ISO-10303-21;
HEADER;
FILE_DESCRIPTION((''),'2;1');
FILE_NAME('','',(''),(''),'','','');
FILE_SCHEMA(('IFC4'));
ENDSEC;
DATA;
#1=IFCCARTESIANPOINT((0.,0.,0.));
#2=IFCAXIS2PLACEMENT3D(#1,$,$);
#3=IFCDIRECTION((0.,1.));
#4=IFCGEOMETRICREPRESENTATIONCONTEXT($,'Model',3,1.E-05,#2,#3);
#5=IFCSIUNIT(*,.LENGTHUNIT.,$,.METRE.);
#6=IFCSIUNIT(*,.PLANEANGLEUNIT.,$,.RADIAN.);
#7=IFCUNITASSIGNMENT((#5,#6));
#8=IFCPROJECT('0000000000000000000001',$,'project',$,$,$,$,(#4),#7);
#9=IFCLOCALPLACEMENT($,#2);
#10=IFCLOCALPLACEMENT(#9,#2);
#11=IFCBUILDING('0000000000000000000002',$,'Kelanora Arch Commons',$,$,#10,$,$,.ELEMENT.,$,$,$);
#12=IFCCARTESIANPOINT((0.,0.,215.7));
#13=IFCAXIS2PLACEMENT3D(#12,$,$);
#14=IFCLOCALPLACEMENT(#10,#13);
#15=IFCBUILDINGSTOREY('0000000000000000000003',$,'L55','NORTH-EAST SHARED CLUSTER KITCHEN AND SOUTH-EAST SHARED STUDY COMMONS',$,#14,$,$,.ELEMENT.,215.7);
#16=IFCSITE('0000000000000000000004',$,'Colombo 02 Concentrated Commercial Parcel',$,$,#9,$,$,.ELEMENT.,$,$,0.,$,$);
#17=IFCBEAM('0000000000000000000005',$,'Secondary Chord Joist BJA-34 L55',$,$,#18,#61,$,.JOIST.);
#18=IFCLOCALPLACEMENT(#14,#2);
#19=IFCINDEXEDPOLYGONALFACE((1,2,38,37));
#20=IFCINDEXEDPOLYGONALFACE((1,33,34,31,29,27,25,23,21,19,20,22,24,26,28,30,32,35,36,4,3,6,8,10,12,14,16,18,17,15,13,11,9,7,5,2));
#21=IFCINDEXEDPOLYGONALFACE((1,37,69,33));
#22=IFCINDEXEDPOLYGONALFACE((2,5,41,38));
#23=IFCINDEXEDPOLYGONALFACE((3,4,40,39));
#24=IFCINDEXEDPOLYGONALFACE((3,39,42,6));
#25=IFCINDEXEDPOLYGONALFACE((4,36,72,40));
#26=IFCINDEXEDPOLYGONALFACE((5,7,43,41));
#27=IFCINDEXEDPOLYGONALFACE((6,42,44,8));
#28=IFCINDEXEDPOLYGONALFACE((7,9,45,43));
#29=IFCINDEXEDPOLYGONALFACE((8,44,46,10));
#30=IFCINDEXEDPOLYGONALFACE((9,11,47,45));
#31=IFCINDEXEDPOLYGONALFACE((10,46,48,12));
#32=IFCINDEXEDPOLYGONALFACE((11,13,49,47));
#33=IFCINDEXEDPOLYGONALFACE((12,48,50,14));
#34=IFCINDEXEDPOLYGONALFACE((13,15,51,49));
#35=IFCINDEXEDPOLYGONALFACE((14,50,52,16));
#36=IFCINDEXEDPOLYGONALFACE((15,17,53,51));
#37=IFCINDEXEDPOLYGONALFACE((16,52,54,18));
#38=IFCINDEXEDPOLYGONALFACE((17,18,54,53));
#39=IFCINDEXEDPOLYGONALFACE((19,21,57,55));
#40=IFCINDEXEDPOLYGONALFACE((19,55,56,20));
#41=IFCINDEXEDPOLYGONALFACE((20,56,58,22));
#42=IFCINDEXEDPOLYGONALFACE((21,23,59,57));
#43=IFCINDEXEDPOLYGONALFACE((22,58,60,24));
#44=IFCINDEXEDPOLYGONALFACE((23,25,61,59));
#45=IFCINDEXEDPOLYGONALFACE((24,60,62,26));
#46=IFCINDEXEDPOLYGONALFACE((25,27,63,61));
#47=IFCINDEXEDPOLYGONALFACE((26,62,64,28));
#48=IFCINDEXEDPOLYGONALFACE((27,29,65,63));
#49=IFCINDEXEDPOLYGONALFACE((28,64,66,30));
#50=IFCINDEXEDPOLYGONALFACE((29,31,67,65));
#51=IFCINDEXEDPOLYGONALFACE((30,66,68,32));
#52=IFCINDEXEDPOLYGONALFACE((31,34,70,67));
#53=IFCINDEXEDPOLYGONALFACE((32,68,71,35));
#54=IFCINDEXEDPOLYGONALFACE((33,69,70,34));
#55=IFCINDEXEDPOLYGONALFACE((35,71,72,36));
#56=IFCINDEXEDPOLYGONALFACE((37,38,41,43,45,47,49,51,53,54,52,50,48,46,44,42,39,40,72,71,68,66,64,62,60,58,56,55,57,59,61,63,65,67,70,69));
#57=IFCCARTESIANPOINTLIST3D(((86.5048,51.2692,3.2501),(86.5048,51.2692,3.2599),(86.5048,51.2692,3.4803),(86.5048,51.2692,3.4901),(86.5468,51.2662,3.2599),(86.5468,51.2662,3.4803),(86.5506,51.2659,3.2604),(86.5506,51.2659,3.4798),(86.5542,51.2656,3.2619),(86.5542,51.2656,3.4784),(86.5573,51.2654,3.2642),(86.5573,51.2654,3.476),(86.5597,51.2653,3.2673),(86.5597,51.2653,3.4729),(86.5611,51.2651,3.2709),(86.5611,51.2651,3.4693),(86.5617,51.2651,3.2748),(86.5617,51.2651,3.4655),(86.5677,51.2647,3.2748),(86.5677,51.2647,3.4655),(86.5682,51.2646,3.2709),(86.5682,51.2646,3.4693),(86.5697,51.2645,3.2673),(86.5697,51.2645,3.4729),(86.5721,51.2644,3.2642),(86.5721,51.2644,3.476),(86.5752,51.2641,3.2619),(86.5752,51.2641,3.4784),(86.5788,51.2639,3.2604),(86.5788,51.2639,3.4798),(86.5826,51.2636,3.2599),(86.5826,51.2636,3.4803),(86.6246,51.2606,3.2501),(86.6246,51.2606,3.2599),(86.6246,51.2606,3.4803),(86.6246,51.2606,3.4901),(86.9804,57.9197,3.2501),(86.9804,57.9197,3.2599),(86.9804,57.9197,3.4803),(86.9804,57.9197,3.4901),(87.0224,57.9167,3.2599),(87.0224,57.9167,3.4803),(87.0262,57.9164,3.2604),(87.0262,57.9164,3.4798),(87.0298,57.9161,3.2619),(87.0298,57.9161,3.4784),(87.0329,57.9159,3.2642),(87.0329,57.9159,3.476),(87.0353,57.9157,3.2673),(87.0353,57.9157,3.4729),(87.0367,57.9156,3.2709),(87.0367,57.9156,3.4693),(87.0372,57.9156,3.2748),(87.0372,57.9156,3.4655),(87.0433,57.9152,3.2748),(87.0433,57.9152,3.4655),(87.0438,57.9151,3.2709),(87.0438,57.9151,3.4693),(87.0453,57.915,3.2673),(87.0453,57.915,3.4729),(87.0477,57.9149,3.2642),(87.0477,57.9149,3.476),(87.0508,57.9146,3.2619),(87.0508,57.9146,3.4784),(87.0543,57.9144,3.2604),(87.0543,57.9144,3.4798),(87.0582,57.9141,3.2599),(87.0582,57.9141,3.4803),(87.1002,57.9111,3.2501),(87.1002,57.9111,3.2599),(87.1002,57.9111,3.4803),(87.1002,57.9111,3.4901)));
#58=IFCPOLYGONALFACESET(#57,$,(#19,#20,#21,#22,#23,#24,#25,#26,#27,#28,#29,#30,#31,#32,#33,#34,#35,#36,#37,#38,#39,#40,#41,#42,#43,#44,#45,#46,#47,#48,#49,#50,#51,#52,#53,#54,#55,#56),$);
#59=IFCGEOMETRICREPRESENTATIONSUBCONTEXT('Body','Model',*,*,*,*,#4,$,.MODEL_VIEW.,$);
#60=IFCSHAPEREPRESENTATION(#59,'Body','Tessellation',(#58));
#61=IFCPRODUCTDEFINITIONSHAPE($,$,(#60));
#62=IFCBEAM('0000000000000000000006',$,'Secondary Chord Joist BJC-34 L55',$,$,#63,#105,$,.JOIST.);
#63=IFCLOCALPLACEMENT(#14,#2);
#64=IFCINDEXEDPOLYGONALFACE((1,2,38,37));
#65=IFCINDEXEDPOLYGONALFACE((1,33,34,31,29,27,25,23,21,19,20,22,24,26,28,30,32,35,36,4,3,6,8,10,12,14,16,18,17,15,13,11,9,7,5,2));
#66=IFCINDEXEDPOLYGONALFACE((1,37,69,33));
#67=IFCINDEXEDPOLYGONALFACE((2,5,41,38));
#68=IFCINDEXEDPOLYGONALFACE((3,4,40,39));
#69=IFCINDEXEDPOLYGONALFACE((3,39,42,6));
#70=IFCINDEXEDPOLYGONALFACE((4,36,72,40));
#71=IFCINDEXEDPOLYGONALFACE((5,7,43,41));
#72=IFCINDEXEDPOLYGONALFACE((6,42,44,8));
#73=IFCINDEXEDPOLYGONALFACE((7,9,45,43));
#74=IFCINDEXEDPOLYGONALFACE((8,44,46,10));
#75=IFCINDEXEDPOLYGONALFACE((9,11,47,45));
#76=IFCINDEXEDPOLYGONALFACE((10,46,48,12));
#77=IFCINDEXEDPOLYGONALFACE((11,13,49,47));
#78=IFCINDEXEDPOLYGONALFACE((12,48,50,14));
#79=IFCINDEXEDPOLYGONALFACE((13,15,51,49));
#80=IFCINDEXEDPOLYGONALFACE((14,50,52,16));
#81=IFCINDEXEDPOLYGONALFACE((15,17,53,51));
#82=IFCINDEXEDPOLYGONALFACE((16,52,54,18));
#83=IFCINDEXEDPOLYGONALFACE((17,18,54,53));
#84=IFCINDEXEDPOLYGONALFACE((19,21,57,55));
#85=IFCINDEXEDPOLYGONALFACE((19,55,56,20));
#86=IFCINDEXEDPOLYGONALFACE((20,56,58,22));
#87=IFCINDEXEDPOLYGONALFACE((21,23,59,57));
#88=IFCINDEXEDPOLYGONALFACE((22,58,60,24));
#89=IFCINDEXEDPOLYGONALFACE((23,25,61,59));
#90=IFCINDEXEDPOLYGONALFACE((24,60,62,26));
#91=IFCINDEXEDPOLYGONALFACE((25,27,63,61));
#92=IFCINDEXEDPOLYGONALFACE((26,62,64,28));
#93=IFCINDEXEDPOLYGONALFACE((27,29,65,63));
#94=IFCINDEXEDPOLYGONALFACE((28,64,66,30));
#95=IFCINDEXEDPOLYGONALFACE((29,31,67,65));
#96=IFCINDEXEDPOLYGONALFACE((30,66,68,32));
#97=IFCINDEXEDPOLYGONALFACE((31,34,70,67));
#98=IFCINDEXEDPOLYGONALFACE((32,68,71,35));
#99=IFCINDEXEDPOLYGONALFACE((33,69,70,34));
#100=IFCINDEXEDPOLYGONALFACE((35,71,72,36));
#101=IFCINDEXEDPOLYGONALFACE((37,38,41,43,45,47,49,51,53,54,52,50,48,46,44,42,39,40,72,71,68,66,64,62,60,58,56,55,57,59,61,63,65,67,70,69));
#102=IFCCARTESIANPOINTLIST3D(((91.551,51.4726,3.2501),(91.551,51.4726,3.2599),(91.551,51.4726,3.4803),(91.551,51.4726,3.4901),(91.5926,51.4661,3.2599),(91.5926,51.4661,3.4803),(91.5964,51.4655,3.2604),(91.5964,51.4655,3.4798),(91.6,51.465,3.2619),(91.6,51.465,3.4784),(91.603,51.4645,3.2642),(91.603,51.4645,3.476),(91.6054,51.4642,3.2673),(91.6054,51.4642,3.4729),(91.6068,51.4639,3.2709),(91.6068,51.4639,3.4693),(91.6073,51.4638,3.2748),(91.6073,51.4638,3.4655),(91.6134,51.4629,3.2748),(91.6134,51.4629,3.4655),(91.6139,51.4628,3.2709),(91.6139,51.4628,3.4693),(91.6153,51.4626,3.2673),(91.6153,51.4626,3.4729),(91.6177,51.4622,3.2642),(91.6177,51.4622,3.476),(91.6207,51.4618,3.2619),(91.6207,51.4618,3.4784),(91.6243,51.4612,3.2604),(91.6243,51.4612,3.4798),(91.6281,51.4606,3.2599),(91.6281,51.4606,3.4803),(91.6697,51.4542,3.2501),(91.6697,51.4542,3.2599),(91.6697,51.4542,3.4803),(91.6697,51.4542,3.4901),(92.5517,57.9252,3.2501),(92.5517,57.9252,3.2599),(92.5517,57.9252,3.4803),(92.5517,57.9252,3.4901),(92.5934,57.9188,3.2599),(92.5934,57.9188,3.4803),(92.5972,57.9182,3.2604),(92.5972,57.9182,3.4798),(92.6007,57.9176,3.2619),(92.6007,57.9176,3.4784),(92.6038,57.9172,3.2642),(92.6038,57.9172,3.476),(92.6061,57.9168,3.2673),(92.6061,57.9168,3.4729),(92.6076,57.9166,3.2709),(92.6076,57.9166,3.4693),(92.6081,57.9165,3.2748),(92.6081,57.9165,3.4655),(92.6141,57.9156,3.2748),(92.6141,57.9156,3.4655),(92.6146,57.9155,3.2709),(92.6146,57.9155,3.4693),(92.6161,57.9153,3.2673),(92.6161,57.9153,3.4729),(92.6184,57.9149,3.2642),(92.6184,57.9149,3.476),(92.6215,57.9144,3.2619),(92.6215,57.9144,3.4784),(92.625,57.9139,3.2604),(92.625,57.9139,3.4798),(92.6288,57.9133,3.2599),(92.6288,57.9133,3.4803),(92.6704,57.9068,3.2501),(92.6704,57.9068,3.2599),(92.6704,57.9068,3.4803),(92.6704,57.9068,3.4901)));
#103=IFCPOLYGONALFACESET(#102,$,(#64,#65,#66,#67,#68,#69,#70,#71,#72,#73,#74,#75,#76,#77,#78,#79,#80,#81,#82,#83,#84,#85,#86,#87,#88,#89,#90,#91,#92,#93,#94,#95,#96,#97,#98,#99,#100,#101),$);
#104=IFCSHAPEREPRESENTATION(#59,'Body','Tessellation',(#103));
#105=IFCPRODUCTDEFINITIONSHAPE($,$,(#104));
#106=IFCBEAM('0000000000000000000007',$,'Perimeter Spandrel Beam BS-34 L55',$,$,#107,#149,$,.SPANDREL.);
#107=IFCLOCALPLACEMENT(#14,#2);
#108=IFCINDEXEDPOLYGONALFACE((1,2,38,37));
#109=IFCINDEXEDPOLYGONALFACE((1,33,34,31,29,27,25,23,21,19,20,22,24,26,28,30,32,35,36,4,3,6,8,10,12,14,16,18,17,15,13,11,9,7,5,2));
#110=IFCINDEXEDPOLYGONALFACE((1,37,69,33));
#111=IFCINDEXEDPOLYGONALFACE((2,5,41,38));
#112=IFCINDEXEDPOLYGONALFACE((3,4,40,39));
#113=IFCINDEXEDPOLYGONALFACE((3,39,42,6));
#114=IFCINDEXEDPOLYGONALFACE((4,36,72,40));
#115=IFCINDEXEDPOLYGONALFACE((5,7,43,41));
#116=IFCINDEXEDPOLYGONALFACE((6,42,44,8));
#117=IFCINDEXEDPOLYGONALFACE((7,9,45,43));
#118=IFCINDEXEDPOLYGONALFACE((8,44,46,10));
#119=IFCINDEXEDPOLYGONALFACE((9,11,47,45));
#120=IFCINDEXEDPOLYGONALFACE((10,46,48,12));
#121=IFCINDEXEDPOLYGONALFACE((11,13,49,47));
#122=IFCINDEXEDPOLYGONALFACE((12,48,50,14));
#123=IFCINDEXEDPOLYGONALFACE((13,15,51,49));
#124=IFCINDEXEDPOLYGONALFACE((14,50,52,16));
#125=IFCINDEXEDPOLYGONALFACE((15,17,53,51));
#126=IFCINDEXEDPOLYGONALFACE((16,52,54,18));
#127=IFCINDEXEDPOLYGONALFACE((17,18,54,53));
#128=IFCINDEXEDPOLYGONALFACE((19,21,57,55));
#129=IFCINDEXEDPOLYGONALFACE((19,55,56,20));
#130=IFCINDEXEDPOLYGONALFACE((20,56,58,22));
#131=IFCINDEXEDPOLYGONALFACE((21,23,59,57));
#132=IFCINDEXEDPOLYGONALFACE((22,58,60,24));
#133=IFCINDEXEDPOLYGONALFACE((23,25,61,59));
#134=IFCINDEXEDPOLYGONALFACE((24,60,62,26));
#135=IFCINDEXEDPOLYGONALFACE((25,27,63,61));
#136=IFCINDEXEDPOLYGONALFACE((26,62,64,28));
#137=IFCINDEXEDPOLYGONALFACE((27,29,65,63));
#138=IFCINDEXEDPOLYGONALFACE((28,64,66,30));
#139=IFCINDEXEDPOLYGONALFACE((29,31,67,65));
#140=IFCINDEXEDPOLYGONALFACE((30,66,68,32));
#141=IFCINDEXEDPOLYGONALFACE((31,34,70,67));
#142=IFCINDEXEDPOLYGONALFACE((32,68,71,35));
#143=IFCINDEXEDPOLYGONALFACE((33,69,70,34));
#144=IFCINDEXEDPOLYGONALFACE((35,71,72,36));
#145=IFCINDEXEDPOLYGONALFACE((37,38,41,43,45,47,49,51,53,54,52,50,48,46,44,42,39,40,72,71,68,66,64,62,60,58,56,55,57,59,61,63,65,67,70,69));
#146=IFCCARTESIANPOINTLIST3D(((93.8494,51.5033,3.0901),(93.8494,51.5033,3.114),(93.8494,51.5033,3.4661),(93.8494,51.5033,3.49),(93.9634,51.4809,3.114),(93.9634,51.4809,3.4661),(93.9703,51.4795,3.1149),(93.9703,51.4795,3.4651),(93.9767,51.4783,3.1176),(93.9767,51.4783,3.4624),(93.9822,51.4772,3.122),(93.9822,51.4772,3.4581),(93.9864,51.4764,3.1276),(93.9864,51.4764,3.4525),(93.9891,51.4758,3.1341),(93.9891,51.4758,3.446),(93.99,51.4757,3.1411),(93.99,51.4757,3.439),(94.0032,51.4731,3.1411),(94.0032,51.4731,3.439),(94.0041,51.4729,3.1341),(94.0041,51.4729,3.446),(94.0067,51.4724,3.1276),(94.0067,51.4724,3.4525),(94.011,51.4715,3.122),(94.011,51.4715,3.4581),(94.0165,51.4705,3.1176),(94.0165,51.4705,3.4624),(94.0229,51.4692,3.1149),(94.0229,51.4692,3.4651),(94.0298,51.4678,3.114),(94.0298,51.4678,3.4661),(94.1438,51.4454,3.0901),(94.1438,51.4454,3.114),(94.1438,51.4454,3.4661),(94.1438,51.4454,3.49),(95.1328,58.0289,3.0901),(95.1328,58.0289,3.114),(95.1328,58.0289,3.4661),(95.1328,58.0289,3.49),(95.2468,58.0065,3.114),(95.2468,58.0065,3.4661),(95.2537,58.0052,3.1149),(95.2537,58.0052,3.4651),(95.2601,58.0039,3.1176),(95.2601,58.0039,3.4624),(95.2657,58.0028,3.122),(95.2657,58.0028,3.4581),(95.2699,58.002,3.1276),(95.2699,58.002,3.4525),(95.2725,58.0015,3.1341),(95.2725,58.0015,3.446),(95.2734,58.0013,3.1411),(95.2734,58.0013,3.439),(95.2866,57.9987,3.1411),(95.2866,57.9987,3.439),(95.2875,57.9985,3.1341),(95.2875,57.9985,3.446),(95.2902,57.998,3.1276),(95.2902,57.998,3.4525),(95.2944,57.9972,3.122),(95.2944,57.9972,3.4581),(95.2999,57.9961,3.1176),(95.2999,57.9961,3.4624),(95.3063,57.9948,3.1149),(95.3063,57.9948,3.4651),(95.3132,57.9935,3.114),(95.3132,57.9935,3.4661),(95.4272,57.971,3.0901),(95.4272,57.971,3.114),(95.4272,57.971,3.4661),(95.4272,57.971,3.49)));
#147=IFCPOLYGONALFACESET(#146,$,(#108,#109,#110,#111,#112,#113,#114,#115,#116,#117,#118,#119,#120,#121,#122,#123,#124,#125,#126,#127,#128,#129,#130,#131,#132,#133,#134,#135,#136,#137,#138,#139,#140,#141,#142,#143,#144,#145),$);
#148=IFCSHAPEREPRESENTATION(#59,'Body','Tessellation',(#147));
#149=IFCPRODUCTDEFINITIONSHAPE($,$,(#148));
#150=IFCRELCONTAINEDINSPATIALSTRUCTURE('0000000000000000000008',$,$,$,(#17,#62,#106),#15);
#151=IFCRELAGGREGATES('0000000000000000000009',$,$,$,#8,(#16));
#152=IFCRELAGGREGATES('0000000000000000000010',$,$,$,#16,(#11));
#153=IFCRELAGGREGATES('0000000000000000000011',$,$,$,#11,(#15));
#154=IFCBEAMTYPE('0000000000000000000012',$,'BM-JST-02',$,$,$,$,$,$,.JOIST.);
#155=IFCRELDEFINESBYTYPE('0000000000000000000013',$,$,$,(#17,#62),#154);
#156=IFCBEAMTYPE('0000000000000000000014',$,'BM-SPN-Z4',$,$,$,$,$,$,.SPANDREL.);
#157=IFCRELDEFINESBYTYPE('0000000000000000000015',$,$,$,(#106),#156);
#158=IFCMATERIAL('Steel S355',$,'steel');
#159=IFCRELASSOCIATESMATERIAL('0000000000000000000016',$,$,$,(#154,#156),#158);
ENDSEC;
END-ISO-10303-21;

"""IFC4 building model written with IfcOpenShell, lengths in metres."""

from ifc_helpers import new_model, si_unit, direction, frame, origin, origin_2d, place, context, subcontext, project, spatial, i_section, extrude, material, material_profile, profile_set, type_object, element, save


model = new_model("IFC4")

# Units and contexts
model_context = context("Model", 3, precision=1e-05, world=origin(), true_north=direction((0.0, 1.0)))
body_context = subcontext(model_context, "Body", "Model", "MODEL_VIEW")
ifc_project = project(units=[si_unit("LENGTHUNIT", "METRE"), si_unit("PLANEANGLEUNIT", "RADIAN")], contexts=[model_context])

# Site, building, storey
site_placement = place(None, origin())
site = spatial("IfcSite", under=ifc_project, at=site_placement, Name="Colombo 02 Concentrated Commercial Parcel", CompositionType="ELEMENT", RefElevation=0.0)
building_placement = place(site_placement, origin())
building = spatial("IfcBuilding", under=site, at=building_placement, Name="Kelanora Arch Commons", CompositionType="ELEMENT")
storey_placement = place(building_placement, frame((0.0, 0.0, 215.7)))
storey = spatial("IfcBuildingStorey", under=building, at=storey_placement, Name="L55", Description="NORTH-EAST SHARED CLUSTER KITCHEN AND SOUTH-EAST SHARED STUDY COMMONS", CompositionType="ELEMENT", Elevation=215.7)

# Beams
ifc_material_1 = material(Name="Steel S355", Category="steel")
ifc_material_profile_1 = material_profile(ifc_material_1, i_section(OverallWidth=0.1201, OverallDepth=0.24, WebThickness=0.0061, FlangeThickness=0.0098, FilletRadius=0.0149, at=origin_2d()), Name="IPE240")
ifc_profile_set_1 = profile_set([ifc_material_profile_1], Name="Steel S355")
beam_type_1 = type_object("IfcBeamType", Name="BM-JST-02", PredefinedType="JOIST", material=ifc_profile_set_1)
beam_1_placement = place(storey_placement, frame((86.5647, 51.2649, 3.3701), z_axis=(0.07133, 0.997453, 0.0), x_axis=(-0.997453, 0.07133, 0.0)))
element("IfcBeam", 1, at=beam_1_placement, inside=storey, type_object=beam_type_1, Name="Secondary Chord Joist BJA-34 L55", PredefinedType="JOIST", context=body_context, shape_type="SweptSolid", body=[
    extrude(i_section(OverallWidth=0.1201, OverallDepth=0.24, WebThickness=0.0061, FlangeThickness=0.0098, FilletRadius=0.0149, at=origin_2d()), origin(), (0.0, 0.0, 1.0), 6.6675),
])
beam_2_placement = place(storey_placement, frame((91.6104, 51.4634, 3.3701), z_axis=(0.153257, 0.988186, 0.0), x_axis=(-0.988186, 0.153257, 0.0)))
element("IfcBeam", 2, at=beam_2_placement, inside=storey, type_object=beam_type_1, Name="Secondary Chord Joist BJC-34 L55", PredefinedType="JOIST", context=body_context, shape_type="SweptSolid", body=[
    extrude(i_section(OverallWidth=0.1201, OverallDepth=0.24, WebThickness=0.0061, FlangeThickness=0.0098, FilletRadius=0.0149, at=origin_2d()), origin(), (0.0, 0.0, 1.0), 6.5298),
])
ifc_material_profile_2 = material_profile(ifc_material_1, i_section(OverallWidth=0.3, OverallDepth=0.3999, WebThickness=0.0134, FlangeThickness=0.0239, FilletRadius=0.0271, at=origin_2d()), Name="HEB400")
ifc_profile_set_2 = profile_set([ifc_material_profile_2], Name="Steel S355")
beam_type_2 = type_object("IfcBeamType", Name="BM-SPN-Z4", PredefinedType="SPANDREL", material=ifc_profile_set_2)
beam_3_placement = place(storey_placement, frame((93.9966, 51.4744, 3.29), z_axis=(0.192981, 0.981203, 0.0), x_axis=(-0.981203, 0.192981, 0.0)))
element("IfcBeam", 3, at=beam_3_placement, inside=storey, type_object=beam_type_2, Name="Perimeter Spandrel Beam BS-34 L55", PredefinedType="SPANDREL", context=body_context, shape_type="SweptSolid", body=[
    extrude(i_section(OverallWidth=0.3, OverallDepth=0.3999, WebThickness=0.0134, FlangeThickness=0.0239, FilletRadius=0.0271, at=origin_2d()), origin(), (0.0, 0.0, 1.0), 6.6506),
])

save(model, "model.ifc")
